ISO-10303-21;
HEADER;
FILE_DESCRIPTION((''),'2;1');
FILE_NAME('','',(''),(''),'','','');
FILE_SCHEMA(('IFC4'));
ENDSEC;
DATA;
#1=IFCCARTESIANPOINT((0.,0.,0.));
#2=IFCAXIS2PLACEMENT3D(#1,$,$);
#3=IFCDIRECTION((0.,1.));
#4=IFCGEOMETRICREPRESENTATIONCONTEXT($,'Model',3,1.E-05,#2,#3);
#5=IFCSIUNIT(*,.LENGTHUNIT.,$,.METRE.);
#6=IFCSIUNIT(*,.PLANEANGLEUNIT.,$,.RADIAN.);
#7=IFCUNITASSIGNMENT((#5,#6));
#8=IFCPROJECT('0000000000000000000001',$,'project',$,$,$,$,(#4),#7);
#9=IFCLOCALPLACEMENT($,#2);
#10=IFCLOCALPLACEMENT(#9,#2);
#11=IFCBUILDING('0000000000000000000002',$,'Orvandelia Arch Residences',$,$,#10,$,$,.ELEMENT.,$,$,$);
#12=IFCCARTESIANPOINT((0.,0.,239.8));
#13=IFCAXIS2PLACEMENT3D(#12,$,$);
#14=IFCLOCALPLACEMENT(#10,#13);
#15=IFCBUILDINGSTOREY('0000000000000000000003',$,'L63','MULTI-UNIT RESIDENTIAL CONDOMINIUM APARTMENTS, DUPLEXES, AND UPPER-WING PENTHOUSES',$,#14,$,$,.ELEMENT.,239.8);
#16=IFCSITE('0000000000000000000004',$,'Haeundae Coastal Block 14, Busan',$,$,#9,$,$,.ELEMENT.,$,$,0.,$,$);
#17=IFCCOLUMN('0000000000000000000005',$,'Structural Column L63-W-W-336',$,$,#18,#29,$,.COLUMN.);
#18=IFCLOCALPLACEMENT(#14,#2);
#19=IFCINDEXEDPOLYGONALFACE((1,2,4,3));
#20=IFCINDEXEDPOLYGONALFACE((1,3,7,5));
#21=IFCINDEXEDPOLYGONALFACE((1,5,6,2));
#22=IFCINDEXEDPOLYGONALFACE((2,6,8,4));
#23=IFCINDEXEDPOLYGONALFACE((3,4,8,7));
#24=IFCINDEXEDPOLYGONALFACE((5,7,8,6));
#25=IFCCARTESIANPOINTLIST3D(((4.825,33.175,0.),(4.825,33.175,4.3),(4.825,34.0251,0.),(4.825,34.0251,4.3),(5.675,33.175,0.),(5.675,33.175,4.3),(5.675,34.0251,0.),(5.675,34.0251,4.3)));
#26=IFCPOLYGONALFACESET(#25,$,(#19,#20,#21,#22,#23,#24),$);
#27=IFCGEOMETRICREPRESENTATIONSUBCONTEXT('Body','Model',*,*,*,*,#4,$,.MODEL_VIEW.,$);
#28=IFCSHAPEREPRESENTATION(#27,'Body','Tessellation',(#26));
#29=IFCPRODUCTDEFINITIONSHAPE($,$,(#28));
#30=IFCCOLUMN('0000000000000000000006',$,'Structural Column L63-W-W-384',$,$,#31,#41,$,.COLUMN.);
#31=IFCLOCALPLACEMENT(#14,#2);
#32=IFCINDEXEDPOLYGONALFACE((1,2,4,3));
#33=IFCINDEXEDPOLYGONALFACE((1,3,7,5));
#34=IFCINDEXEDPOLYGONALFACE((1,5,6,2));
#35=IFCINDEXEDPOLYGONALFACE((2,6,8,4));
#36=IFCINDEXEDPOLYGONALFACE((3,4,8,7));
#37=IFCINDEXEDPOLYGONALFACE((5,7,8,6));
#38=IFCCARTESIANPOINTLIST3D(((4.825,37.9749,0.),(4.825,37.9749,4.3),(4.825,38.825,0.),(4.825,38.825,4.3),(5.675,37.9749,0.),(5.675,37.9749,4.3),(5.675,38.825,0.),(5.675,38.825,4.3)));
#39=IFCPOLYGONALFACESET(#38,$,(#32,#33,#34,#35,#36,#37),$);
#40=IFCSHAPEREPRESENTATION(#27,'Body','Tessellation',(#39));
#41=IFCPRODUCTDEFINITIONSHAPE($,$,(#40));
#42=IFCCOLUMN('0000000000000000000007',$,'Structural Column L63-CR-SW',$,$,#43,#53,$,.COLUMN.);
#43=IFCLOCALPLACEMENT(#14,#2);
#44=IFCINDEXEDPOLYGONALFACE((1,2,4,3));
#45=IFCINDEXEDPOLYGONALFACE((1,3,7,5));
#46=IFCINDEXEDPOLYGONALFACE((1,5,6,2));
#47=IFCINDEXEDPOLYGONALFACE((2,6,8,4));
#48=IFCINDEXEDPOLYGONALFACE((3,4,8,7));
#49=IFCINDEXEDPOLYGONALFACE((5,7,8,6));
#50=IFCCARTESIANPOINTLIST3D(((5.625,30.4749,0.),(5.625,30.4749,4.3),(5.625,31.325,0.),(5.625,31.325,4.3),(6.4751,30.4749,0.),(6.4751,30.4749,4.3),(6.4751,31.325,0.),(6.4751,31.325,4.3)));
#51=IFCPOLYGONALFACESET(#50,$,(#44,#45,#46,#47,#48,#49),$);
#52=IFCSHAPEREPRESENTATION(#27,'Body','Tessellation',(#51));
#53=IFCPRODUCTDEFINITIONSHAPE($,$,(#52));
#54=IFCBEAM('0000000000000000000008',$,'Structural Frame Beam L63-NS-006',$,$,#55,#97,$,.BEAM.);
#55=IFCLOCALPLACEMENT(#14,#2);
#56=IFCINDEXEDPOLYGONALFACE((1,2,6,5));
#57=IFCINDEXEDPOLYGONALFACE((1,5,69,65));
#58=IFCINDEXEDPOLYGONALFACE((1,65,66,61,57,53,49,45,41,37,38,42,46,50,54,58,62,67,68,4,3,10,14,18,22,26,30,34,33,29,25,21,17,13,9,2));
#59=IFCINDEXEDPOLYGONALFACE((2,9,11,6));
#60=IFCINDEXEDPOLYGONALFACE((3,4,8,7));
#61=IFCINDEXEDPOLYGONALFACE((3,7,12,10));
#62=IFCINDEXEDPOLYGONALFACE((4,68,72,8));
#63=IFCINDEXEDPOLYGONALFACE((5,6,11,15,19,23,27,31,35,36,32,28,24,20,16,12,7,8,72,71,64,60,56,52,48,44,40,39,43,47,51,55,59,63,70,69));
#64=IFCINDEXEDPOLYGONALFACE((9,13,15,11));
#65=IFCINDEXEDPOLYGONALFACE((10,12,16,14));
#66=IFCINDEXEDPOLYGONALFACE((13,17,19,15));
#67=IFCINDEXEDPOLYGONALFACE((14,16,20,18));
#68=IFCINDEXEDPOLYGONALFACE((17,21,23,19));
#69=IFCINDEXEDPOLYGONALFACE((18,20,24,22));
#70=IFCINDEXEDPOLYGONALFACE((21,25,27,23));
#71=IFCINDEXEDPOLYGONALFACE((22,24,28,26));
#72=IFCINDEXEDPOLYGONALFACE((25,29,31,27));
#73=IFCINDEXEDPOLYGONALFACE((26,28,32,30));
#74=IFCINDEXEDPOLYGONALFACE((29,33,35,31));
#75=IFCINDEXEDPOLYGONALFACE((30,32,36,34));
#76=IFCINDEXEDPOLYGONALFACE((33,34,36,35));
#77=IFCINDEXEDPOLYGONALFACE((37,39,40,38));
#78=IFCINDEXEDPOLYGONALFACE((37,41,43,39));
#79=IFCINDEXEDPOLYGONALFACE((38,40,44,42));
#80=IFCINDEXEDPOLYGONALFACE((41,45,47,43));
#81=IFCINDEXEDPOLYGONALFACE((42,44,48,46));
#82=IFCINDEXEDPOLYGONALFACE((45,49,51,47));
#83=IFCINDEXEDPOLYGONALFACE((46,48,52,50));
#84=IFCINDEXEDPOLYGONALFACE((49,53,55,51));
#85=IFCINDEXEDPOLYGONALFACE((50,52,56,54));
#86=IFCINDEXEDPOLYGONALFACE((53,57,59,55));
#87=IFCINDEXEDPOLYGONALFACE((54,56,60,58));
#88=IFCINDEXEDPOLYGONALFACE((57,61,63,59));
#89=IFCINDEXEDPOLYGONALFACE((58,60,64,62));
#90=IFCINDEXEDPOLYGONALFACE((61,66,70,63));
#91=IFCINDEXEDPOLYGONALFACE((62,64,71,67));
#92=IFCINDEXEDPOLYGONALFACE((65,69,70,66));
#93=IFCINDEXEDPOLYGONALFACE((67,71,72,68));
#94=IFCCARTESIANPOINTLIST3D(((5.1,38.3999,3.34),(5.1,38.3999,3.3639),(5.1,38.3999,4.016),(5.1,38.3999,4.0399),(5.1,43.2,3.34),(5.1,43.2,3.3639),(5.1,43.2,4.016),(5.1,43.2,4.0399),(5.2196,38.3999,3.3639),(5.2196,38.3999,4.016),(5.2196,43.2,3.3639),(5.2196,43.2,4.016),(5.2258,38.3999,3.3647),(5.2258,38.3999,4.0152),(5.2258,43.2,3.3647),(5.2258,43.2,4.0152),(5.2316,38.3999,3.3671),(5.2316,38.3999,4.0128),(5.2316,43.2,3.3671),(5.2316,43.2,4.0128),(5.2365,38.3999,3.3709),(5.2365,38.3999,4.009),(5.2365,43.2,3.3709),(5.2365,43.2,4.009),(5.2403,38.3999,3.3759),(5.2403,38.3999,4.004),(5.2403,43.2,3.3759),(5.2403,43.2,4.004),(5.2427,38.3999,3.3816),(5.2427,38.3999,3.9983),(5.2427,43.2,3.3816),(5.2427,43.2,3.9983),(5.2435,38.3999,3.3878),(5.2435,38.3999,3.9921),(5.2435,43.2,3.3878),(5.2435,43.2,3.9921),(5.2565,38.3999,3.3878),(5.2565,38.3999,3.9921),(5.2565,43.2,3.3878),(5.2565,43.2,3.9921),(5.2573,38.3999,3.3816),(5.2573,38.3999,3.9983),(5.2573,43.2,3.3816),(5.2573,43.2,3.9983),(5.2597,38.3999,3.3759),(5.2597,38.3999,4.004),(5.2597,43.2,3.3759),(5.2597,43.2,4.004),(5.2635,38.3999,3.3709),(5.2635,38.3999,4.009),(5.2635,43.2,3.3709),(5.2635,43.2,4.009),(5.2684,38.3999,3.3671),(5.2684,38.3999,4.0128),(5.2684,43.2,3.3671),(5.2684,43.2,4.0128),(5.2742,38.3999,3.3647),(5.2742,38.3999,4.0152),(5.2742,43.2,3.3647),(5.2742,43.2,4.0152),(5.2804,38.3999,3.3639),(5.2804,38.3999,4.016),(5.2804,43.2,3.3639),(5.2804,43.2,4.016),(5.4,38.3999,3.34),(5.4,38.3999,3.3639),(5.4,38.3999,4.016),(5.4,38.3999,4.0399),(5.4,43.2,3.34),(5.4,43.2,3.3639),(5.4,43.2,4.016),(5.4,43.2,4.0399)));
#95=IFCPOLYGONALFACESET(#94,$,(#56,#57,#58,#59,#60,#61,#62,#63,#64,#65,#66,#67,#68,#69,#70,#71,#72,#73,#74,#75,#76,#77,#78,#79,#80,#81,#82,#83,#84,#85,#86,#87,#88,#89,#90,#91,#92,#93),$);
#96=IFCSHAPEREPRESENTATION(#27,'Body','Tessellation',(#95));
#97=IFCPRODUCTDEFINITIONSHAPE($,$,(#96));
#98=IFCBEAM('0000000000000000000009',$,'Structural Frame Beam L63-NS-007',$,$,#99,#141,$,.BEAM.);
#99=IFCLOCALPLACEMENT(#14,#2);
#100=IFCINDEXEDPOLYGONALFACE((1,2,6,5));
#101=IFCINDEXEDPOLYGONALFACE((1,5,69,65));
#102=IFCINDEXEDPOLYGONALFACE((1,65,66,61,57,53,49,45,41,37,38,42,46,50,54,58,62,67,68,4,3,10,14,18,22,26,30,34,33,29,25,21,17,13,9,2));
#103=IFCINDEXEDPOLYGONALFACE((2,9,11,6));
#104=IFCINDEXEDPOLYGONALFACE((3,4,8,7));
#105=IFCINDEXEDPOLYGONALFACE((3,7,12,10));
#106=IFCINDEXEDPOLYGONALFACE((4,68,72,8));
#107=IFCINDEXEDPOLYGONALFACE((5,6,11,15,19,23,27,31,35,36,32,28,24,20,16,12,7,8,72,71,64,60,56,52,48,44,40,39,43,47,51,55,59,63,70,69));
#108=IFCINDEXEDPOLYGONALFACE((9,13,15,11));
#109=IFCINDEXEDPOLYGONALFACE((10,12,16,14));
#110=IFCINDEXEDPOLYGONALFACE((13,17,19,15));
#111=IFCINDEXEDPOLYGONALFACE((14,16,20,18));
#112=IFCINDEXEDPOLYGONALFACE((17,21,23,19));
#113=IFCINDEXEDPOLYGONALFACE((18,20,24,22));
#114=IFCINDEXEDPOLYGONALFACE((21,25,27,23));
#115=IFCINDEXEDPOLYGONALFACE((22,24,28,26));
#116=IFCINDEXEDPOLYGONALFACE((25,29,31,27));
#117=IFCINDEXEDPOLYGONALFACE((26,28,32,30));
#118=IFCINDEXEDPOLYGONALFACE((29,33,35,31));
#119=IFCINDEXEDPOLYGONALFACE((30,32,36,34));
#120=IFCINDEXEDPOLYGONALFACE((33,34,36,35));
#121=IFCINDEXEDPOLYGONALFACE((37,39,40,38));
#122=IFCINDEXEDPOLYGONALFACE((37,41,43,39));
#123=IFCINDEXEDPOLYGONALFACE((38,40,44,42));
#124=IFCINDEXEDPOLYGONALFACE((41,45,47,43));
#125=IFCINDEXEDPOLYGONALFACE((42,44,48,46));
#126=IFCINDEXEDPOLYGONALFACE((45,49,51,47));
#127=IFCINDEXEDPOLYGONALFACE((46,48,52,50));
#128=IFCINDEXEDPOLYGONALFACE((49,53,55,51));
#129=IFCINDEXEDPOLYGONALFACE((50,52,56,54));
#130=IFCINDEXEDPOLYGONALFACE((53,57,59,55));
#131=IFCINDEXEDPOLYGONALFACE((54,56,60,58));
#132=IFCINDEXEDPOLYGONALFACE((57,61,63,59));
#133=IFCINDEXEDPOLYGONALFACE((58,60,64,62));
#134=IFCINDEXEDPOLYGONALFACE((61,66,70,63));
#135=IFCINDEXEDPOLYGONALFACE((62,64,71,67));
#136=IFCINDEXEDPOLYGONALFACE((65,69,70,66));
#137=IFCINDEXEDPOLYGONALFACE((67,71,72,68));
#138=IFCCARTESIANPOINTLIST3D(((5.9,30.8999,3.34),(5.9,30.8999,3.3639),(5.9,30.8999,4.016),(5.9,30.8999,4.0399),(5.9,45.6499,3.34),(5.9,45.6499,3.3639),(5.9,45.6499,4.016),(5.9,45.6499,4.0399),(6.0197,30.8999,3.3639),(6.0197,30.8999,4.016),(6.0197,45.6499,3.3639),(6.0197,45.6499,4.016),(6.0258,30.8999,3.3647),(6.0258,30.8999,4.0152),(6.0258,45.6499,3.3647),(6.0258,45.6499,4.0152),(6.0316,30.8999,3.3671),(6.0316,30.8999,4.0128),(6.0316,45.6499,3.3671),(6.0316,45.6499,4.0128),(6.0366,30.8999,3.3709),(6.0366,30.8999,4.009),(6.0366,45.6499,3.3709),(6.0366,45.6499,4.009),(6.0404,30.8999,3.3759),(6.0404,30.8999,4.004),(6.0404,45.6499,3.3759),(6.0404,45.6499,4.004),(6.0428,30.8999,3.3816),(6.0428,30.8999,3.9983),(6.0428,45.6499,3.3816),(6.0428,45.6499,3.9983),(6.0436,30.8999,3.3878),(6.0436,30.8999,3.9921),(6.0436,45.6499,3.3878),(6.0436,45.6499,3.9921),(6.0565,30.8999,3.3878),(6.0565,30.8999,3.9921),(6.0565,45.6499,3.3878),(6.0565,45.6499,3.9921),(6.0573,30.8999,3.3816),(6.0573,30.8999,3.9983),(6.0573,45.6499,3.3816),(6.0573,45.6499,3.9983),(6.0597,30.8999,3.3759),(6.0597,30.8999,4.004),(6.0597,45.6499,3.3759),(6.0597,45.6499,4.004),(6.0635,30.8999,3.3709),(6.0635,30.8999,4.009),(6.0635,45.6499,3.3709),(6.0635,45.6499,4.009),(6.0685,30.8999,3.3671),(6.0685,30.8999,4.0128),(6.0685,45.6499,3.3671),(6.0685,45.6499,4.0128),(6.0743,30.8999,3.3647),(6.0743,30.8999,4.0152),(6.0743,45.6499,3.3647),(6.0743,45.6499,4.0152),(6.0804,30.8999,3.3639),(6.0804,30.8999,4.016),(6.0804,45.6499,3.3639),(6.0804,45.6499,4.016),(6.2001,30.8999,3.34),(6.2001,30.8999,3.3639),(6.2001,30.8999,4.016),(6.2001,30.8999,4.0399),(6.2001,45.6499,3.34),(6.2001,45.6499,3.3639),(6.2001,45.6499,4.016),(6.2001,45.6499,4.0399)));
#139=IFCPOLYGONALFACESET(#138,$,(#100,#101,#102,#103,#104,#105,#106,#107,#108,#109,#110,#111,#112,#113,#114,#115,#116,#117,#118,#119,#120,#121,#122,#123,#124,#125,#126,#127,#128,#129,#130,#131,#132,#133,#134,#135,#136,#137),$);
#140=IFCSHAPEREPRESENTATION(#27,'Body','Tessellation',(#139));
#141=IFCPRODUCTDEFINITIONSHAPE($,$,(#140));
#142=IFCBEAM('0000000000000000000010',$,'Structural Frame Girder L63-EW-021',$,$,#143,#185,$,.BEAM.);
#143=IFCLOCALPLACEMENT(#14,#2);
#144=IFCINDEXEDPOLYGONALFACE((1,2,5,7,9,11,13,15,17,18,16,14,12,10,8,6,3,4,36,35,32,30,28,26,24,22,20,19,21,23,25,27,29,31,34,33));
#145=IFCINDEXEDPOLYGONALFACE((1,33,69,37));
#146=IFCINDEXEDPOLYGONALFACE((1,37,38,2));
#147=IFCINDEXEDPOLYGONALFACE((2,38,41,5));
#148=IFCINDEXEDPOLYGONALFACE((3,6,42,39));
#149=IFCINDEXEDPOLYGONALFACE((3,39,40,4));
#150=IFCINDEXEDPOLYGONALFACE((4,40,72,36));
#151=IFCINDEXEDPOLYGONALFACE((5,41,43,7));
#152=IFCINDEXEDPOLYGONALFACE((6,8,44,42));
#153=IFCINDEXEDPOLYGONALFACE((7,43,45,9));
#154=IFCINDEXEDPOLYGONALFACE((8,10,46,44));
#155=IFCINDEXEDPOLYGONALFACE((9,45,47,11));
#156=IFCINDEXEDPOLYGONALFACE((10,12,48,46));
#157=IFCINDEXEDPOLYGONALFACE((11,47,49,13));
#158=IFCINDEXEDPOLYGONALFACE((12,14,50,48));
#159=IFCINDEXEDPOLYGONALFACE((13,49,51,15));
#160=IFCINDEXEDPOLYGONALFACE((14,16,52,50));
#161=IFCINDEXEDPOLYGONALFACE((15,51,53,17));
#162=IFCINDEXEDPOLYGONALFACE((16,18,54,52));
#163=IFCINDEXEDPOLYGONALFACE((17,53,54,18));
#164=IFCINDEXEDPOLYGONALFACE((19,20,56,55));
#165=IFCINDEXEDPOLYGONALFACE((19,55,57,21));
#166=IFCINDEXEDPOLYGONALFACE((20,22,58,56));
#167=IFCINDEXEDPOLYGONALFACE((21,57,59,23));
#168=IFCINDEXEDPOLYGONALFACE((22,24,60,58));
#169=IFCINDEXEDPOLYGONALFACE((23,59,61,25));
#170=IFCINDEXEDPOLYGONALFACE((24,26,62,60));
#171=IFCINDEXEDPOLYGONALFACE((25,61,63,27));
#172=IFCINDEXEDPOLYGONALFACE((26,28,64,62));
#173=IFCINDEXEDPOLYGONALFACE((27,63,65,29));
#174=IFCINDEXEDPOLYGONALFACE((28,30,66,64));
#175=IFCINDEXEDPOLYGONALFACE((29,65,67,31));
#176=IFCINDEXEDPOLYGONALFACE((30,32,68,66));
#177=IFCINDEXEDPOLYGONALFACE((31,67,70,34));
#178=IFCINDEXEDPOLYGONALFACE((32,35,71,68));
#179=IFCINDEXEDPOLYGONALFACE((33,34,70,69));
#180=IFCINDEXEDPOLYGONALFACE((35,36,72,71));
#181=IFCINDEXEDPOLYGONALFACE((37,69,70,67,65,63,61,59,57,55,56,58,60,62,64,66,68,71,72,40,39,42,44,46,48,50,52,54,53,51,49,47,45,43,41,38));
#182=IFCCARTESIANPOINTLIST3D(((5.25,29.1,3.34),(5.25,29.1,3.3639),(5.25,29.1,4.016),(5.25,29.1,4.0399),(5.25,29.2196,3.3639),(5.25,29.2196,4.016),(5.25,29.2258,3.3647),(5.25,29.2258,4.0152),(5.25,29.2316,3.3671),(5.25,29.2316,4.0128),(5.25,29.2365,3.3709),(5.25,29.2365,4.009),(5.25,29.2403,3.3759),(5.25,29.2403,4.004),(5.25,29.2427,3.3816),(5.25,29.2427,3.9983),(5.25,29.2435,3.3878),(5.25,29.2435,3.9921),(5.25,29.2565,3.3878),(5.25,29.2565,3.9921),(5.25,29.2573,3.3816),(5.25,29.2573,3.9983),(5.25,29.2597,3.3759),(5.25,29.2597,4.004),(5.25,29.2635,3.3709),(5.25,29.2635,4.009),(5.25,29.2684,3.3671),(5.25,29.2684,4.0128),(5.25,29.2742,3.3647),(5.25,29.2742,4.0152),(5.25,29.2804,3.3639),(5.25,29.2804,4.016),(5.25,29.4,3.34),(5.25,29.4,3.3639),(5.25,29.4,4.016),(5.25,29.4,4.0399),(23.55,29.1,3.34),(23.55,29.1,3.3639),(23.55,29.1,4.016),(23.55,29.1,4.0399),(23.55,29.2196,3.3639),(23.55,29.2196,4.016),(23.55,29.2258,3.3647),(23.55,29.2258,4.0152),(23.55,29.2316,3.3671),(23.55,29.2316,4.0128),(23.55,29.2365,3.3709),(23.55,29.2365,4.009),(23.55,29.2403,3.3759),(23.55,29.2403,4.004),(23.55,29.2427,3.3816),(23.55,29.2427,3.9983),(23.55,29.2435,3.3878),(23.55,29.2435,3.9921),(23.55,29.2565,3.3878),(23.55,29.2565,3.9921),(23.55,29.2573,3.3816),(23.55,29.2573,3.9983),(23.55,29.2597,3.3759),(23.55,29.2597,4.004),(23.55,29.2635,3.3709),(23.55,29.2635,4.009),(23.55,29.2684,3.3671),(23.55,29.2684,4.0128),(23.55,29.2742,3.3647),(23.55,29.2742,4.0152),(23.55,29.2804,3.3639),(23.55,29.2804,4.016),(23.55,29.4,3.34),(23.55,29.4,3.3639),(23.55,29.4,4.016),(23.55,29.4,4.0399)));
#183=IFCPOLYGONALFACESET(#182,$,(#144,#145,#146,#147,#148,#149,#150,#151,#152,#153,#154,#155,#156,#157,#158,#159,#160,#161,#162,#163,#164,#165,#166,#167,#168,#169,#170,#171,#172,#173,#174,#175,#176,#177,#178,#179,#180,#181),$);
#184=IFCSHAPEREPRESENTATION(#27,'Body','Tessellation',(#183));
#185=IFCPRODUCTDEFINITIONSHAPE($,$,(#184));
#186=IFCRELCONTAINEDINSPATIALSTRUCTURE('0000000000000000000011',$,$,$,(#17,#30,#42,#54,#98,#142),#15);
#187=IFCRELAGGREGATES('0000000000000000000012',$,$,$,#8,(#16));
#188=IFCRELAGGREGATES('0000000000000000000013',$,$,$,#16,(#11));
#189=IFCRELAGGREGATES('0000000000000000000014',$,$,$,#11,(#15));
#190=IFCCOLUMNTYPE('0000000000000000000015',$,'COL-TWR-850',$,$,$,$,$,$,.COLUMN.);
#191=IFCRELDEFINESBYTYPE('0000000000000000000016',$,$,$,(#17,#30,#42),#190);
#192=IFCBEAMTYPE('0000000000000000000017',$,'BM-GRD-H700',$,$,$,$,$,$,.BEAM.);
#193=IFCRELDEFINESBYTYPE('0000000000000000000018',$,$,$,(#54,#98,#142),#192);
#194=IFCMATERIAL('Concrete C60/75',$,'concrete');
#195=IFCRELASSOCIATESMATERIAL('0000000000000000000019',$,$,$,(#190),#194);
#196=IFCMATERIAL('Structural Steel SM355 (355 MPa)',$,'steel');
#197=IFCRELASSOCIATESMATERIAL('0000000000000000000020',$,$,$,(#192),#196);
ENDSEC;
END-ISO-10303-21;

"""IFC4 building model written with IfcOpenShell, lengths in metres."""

from ifc_helpers import new_model, si_unit, direction, frame, origin, origin_2d, place, context, subcontext, project, spatial, rectangle, i_section, extrude, material, material_profile, profile_set, type_object, element, save


model = new_model("IFC4")

# Units and contexts
model_context = context("Model", 3, precision=1e-05, world=origin(), true_north=direction((0.0, 1.0)))
body_context = subcontext(model_context, "Body", "Model", "MODEL_VIEW")
ifc_project = project(units=[si_unit("LENGTHUNIT", "METRE"), si_unit("PLANEANGLEUNIT", "RADIAN")], contexts=[model_context])

# Site, building, storey
site_placement = place(None, origin())
site = spatial("IfcSite", under=ifc_project, at=site_placement, Name="Haeundae Coastal Block 14, Busan", CompositionType="ELEMENT", RefElevation=0.0)
building_placement = place(site_placement, origin())
building = spatial("IfcBuilding", under=site, at=building_placement, Name="Orvandelia Arch Residences", CompositionType="ELEMENT")
storey_placement = place(building_placement, frame((0.0, 0.0, 239.8)))
storey = spatial("IfcBuildingStorey", under=building, at=storey_placement, Name="L63", Description="MULTI-UNIT RESIDENTIAL CONDOMINIUM APARTMENTS, DUPLEXES, AND UPPER-WING PENTHOUSES", CompositionType="ELEMENT", Elevation=239.8)

# Columns
ifc_material_1 = material(Name="Concrete C60/75", Category="concrete")
ifc_material_profile_1 = material_profile(ifc_material_1, rectangle(XDim=0.8501, YDim=0.8501, at=origin_2d()), Name="Concrete C60/75", Category="concrete")
ifc_profile_set_1 = profile_set([ifc_material_profile_1], Name="Concrete C60/75")
column_type = type_object("IfcColumnType", Name="COL-TWR-850", PredefinedType="COLUMN", material=ifc_profile_set_1)
for number, where, z_axis, x_axis, name in (
    (1, (5.25, 33.6001, 0.0), (0.0, 0.0, 1.0), (1.0, 0.0, 0.0), "Structural Column L63-W-W-336"),
    (2, (5.25, 38.3999, 0.0), (0.0, 0.0, 1.0), (1.0, 0.0, 0.0), "Structural Column L63-W-W-384"),
    (3, (6.05, 30.8999, 0.0), (0.0, 0.0, 1.0), (1.0, 0.0, 0.0), "Structural Column L63-CR-SW"),
):
    element("IfcColumn", number, at=place(storey_placement, frame(where, z_axis=z_axis, x_axis=x_axis)), inside=storey, type_object=column_type, Name=name, PredefinedType="COLUMN", context=body_context, shape_type="SweptSolid", body=[
        extrude(rectangle(XDim=0.8501, YDim=0.8501, at=origin_2d()), origin(), (0.0, 0.0, 1.0), 4.3),
    ])

# Beams
ifc_material_2 = material(Name="Structural Steel SM355 (355 MPa)", Category="steel")
ifc_material_profile_2 = material_profile(ifc_material_2, i_section(OverallWidth=0.3, OverallDepth=0.7, WebThickness=0.0129, FlangeThickness=0.0239, FilletRadius=0.0239, at=origin_2d()), Name="Structural Steel SM355 (355 MPa)", Category="steel")
ifc_profile_set_2 = profile_set([ifc_material_profile_2], Name="Structural Steel SM355 (355 MPa)")
beam_type_1 = type_object("IfcBeamType", Name="BM-GRD-H700", PredefinedType="BEAM", material=ifc_profile_set_2)
beam_1_placement = place(storey_placement, frame((5.25, 38.3999, 3.6899), z_axis=(0.0, 1.0, 0.0), x_axis=(-1.0, 0.0, 0.0)))
element("IfcBeam", 4, at=beam_1_placement, inside=storey, type_object=beam_type_1, Name="Structural Frame Beam L63-NS-006", PredefinedType="BEAM", context=body_context, shape_type="SweptSolid", body=[
    extrude(i_section(OverallWidth=0.3, OverallDepth=0.7, WebThickness=0.0129, FlangeThickness=0.0239, FilletRadius=0.0239, at=origin_2d()), origin(), (0.0, 0.0, 1.0), 4.8),
])
beam_2_placement = place(storey_placement, frame((6.05, 30.8999, 3.6899), z_axis=(0.0, 1.0, 0.0), x_axis=(-1.0, 0.0, 0.0)))
element("IfcBeam", 5, at=beam_2_placement, inside=storey, type_object=beam_type_1, Name="Structural Frame Beam L63-NS-007", PredefinedType="BEAM", context=body_context, shape_type="SweptSolid", body=[
    extrude(i_section(OverallWidth=0.3, OverallDepth=0.7, WebThickness=0.0129, FlangeThickness=0.0239, FilletRadius=0.0239, at=origin_2d()), origin(), (0.0, 0.0, 1.0), 14.75),
])
beam_3_placement = place(storey_placement, frame((5.25, 29.25, 3.6899), z_axis=(1.0, 0.0, 0.0), x_axis=(0.0, 1.0, 0.0)))
element("IfcBeam", 6, at=beam_3_placement, inside=storey, type_object=beam_type_1, Name="Structural Frame Girder L63-EW-021", PredefinedType="BEAM", context=body_context, shape_type="SweptSolid", body=[
    extrude(i_section(OverallWidth=0.3, OverallDepth=0.7, WebThickness=0.0129, FlangeThickness=0.0239, FilletRadius=0.0239, at=origin_2d()), origin(), (0.0, 0.0, 1.0), 18.3),
])

save(model, "model.ifc")
